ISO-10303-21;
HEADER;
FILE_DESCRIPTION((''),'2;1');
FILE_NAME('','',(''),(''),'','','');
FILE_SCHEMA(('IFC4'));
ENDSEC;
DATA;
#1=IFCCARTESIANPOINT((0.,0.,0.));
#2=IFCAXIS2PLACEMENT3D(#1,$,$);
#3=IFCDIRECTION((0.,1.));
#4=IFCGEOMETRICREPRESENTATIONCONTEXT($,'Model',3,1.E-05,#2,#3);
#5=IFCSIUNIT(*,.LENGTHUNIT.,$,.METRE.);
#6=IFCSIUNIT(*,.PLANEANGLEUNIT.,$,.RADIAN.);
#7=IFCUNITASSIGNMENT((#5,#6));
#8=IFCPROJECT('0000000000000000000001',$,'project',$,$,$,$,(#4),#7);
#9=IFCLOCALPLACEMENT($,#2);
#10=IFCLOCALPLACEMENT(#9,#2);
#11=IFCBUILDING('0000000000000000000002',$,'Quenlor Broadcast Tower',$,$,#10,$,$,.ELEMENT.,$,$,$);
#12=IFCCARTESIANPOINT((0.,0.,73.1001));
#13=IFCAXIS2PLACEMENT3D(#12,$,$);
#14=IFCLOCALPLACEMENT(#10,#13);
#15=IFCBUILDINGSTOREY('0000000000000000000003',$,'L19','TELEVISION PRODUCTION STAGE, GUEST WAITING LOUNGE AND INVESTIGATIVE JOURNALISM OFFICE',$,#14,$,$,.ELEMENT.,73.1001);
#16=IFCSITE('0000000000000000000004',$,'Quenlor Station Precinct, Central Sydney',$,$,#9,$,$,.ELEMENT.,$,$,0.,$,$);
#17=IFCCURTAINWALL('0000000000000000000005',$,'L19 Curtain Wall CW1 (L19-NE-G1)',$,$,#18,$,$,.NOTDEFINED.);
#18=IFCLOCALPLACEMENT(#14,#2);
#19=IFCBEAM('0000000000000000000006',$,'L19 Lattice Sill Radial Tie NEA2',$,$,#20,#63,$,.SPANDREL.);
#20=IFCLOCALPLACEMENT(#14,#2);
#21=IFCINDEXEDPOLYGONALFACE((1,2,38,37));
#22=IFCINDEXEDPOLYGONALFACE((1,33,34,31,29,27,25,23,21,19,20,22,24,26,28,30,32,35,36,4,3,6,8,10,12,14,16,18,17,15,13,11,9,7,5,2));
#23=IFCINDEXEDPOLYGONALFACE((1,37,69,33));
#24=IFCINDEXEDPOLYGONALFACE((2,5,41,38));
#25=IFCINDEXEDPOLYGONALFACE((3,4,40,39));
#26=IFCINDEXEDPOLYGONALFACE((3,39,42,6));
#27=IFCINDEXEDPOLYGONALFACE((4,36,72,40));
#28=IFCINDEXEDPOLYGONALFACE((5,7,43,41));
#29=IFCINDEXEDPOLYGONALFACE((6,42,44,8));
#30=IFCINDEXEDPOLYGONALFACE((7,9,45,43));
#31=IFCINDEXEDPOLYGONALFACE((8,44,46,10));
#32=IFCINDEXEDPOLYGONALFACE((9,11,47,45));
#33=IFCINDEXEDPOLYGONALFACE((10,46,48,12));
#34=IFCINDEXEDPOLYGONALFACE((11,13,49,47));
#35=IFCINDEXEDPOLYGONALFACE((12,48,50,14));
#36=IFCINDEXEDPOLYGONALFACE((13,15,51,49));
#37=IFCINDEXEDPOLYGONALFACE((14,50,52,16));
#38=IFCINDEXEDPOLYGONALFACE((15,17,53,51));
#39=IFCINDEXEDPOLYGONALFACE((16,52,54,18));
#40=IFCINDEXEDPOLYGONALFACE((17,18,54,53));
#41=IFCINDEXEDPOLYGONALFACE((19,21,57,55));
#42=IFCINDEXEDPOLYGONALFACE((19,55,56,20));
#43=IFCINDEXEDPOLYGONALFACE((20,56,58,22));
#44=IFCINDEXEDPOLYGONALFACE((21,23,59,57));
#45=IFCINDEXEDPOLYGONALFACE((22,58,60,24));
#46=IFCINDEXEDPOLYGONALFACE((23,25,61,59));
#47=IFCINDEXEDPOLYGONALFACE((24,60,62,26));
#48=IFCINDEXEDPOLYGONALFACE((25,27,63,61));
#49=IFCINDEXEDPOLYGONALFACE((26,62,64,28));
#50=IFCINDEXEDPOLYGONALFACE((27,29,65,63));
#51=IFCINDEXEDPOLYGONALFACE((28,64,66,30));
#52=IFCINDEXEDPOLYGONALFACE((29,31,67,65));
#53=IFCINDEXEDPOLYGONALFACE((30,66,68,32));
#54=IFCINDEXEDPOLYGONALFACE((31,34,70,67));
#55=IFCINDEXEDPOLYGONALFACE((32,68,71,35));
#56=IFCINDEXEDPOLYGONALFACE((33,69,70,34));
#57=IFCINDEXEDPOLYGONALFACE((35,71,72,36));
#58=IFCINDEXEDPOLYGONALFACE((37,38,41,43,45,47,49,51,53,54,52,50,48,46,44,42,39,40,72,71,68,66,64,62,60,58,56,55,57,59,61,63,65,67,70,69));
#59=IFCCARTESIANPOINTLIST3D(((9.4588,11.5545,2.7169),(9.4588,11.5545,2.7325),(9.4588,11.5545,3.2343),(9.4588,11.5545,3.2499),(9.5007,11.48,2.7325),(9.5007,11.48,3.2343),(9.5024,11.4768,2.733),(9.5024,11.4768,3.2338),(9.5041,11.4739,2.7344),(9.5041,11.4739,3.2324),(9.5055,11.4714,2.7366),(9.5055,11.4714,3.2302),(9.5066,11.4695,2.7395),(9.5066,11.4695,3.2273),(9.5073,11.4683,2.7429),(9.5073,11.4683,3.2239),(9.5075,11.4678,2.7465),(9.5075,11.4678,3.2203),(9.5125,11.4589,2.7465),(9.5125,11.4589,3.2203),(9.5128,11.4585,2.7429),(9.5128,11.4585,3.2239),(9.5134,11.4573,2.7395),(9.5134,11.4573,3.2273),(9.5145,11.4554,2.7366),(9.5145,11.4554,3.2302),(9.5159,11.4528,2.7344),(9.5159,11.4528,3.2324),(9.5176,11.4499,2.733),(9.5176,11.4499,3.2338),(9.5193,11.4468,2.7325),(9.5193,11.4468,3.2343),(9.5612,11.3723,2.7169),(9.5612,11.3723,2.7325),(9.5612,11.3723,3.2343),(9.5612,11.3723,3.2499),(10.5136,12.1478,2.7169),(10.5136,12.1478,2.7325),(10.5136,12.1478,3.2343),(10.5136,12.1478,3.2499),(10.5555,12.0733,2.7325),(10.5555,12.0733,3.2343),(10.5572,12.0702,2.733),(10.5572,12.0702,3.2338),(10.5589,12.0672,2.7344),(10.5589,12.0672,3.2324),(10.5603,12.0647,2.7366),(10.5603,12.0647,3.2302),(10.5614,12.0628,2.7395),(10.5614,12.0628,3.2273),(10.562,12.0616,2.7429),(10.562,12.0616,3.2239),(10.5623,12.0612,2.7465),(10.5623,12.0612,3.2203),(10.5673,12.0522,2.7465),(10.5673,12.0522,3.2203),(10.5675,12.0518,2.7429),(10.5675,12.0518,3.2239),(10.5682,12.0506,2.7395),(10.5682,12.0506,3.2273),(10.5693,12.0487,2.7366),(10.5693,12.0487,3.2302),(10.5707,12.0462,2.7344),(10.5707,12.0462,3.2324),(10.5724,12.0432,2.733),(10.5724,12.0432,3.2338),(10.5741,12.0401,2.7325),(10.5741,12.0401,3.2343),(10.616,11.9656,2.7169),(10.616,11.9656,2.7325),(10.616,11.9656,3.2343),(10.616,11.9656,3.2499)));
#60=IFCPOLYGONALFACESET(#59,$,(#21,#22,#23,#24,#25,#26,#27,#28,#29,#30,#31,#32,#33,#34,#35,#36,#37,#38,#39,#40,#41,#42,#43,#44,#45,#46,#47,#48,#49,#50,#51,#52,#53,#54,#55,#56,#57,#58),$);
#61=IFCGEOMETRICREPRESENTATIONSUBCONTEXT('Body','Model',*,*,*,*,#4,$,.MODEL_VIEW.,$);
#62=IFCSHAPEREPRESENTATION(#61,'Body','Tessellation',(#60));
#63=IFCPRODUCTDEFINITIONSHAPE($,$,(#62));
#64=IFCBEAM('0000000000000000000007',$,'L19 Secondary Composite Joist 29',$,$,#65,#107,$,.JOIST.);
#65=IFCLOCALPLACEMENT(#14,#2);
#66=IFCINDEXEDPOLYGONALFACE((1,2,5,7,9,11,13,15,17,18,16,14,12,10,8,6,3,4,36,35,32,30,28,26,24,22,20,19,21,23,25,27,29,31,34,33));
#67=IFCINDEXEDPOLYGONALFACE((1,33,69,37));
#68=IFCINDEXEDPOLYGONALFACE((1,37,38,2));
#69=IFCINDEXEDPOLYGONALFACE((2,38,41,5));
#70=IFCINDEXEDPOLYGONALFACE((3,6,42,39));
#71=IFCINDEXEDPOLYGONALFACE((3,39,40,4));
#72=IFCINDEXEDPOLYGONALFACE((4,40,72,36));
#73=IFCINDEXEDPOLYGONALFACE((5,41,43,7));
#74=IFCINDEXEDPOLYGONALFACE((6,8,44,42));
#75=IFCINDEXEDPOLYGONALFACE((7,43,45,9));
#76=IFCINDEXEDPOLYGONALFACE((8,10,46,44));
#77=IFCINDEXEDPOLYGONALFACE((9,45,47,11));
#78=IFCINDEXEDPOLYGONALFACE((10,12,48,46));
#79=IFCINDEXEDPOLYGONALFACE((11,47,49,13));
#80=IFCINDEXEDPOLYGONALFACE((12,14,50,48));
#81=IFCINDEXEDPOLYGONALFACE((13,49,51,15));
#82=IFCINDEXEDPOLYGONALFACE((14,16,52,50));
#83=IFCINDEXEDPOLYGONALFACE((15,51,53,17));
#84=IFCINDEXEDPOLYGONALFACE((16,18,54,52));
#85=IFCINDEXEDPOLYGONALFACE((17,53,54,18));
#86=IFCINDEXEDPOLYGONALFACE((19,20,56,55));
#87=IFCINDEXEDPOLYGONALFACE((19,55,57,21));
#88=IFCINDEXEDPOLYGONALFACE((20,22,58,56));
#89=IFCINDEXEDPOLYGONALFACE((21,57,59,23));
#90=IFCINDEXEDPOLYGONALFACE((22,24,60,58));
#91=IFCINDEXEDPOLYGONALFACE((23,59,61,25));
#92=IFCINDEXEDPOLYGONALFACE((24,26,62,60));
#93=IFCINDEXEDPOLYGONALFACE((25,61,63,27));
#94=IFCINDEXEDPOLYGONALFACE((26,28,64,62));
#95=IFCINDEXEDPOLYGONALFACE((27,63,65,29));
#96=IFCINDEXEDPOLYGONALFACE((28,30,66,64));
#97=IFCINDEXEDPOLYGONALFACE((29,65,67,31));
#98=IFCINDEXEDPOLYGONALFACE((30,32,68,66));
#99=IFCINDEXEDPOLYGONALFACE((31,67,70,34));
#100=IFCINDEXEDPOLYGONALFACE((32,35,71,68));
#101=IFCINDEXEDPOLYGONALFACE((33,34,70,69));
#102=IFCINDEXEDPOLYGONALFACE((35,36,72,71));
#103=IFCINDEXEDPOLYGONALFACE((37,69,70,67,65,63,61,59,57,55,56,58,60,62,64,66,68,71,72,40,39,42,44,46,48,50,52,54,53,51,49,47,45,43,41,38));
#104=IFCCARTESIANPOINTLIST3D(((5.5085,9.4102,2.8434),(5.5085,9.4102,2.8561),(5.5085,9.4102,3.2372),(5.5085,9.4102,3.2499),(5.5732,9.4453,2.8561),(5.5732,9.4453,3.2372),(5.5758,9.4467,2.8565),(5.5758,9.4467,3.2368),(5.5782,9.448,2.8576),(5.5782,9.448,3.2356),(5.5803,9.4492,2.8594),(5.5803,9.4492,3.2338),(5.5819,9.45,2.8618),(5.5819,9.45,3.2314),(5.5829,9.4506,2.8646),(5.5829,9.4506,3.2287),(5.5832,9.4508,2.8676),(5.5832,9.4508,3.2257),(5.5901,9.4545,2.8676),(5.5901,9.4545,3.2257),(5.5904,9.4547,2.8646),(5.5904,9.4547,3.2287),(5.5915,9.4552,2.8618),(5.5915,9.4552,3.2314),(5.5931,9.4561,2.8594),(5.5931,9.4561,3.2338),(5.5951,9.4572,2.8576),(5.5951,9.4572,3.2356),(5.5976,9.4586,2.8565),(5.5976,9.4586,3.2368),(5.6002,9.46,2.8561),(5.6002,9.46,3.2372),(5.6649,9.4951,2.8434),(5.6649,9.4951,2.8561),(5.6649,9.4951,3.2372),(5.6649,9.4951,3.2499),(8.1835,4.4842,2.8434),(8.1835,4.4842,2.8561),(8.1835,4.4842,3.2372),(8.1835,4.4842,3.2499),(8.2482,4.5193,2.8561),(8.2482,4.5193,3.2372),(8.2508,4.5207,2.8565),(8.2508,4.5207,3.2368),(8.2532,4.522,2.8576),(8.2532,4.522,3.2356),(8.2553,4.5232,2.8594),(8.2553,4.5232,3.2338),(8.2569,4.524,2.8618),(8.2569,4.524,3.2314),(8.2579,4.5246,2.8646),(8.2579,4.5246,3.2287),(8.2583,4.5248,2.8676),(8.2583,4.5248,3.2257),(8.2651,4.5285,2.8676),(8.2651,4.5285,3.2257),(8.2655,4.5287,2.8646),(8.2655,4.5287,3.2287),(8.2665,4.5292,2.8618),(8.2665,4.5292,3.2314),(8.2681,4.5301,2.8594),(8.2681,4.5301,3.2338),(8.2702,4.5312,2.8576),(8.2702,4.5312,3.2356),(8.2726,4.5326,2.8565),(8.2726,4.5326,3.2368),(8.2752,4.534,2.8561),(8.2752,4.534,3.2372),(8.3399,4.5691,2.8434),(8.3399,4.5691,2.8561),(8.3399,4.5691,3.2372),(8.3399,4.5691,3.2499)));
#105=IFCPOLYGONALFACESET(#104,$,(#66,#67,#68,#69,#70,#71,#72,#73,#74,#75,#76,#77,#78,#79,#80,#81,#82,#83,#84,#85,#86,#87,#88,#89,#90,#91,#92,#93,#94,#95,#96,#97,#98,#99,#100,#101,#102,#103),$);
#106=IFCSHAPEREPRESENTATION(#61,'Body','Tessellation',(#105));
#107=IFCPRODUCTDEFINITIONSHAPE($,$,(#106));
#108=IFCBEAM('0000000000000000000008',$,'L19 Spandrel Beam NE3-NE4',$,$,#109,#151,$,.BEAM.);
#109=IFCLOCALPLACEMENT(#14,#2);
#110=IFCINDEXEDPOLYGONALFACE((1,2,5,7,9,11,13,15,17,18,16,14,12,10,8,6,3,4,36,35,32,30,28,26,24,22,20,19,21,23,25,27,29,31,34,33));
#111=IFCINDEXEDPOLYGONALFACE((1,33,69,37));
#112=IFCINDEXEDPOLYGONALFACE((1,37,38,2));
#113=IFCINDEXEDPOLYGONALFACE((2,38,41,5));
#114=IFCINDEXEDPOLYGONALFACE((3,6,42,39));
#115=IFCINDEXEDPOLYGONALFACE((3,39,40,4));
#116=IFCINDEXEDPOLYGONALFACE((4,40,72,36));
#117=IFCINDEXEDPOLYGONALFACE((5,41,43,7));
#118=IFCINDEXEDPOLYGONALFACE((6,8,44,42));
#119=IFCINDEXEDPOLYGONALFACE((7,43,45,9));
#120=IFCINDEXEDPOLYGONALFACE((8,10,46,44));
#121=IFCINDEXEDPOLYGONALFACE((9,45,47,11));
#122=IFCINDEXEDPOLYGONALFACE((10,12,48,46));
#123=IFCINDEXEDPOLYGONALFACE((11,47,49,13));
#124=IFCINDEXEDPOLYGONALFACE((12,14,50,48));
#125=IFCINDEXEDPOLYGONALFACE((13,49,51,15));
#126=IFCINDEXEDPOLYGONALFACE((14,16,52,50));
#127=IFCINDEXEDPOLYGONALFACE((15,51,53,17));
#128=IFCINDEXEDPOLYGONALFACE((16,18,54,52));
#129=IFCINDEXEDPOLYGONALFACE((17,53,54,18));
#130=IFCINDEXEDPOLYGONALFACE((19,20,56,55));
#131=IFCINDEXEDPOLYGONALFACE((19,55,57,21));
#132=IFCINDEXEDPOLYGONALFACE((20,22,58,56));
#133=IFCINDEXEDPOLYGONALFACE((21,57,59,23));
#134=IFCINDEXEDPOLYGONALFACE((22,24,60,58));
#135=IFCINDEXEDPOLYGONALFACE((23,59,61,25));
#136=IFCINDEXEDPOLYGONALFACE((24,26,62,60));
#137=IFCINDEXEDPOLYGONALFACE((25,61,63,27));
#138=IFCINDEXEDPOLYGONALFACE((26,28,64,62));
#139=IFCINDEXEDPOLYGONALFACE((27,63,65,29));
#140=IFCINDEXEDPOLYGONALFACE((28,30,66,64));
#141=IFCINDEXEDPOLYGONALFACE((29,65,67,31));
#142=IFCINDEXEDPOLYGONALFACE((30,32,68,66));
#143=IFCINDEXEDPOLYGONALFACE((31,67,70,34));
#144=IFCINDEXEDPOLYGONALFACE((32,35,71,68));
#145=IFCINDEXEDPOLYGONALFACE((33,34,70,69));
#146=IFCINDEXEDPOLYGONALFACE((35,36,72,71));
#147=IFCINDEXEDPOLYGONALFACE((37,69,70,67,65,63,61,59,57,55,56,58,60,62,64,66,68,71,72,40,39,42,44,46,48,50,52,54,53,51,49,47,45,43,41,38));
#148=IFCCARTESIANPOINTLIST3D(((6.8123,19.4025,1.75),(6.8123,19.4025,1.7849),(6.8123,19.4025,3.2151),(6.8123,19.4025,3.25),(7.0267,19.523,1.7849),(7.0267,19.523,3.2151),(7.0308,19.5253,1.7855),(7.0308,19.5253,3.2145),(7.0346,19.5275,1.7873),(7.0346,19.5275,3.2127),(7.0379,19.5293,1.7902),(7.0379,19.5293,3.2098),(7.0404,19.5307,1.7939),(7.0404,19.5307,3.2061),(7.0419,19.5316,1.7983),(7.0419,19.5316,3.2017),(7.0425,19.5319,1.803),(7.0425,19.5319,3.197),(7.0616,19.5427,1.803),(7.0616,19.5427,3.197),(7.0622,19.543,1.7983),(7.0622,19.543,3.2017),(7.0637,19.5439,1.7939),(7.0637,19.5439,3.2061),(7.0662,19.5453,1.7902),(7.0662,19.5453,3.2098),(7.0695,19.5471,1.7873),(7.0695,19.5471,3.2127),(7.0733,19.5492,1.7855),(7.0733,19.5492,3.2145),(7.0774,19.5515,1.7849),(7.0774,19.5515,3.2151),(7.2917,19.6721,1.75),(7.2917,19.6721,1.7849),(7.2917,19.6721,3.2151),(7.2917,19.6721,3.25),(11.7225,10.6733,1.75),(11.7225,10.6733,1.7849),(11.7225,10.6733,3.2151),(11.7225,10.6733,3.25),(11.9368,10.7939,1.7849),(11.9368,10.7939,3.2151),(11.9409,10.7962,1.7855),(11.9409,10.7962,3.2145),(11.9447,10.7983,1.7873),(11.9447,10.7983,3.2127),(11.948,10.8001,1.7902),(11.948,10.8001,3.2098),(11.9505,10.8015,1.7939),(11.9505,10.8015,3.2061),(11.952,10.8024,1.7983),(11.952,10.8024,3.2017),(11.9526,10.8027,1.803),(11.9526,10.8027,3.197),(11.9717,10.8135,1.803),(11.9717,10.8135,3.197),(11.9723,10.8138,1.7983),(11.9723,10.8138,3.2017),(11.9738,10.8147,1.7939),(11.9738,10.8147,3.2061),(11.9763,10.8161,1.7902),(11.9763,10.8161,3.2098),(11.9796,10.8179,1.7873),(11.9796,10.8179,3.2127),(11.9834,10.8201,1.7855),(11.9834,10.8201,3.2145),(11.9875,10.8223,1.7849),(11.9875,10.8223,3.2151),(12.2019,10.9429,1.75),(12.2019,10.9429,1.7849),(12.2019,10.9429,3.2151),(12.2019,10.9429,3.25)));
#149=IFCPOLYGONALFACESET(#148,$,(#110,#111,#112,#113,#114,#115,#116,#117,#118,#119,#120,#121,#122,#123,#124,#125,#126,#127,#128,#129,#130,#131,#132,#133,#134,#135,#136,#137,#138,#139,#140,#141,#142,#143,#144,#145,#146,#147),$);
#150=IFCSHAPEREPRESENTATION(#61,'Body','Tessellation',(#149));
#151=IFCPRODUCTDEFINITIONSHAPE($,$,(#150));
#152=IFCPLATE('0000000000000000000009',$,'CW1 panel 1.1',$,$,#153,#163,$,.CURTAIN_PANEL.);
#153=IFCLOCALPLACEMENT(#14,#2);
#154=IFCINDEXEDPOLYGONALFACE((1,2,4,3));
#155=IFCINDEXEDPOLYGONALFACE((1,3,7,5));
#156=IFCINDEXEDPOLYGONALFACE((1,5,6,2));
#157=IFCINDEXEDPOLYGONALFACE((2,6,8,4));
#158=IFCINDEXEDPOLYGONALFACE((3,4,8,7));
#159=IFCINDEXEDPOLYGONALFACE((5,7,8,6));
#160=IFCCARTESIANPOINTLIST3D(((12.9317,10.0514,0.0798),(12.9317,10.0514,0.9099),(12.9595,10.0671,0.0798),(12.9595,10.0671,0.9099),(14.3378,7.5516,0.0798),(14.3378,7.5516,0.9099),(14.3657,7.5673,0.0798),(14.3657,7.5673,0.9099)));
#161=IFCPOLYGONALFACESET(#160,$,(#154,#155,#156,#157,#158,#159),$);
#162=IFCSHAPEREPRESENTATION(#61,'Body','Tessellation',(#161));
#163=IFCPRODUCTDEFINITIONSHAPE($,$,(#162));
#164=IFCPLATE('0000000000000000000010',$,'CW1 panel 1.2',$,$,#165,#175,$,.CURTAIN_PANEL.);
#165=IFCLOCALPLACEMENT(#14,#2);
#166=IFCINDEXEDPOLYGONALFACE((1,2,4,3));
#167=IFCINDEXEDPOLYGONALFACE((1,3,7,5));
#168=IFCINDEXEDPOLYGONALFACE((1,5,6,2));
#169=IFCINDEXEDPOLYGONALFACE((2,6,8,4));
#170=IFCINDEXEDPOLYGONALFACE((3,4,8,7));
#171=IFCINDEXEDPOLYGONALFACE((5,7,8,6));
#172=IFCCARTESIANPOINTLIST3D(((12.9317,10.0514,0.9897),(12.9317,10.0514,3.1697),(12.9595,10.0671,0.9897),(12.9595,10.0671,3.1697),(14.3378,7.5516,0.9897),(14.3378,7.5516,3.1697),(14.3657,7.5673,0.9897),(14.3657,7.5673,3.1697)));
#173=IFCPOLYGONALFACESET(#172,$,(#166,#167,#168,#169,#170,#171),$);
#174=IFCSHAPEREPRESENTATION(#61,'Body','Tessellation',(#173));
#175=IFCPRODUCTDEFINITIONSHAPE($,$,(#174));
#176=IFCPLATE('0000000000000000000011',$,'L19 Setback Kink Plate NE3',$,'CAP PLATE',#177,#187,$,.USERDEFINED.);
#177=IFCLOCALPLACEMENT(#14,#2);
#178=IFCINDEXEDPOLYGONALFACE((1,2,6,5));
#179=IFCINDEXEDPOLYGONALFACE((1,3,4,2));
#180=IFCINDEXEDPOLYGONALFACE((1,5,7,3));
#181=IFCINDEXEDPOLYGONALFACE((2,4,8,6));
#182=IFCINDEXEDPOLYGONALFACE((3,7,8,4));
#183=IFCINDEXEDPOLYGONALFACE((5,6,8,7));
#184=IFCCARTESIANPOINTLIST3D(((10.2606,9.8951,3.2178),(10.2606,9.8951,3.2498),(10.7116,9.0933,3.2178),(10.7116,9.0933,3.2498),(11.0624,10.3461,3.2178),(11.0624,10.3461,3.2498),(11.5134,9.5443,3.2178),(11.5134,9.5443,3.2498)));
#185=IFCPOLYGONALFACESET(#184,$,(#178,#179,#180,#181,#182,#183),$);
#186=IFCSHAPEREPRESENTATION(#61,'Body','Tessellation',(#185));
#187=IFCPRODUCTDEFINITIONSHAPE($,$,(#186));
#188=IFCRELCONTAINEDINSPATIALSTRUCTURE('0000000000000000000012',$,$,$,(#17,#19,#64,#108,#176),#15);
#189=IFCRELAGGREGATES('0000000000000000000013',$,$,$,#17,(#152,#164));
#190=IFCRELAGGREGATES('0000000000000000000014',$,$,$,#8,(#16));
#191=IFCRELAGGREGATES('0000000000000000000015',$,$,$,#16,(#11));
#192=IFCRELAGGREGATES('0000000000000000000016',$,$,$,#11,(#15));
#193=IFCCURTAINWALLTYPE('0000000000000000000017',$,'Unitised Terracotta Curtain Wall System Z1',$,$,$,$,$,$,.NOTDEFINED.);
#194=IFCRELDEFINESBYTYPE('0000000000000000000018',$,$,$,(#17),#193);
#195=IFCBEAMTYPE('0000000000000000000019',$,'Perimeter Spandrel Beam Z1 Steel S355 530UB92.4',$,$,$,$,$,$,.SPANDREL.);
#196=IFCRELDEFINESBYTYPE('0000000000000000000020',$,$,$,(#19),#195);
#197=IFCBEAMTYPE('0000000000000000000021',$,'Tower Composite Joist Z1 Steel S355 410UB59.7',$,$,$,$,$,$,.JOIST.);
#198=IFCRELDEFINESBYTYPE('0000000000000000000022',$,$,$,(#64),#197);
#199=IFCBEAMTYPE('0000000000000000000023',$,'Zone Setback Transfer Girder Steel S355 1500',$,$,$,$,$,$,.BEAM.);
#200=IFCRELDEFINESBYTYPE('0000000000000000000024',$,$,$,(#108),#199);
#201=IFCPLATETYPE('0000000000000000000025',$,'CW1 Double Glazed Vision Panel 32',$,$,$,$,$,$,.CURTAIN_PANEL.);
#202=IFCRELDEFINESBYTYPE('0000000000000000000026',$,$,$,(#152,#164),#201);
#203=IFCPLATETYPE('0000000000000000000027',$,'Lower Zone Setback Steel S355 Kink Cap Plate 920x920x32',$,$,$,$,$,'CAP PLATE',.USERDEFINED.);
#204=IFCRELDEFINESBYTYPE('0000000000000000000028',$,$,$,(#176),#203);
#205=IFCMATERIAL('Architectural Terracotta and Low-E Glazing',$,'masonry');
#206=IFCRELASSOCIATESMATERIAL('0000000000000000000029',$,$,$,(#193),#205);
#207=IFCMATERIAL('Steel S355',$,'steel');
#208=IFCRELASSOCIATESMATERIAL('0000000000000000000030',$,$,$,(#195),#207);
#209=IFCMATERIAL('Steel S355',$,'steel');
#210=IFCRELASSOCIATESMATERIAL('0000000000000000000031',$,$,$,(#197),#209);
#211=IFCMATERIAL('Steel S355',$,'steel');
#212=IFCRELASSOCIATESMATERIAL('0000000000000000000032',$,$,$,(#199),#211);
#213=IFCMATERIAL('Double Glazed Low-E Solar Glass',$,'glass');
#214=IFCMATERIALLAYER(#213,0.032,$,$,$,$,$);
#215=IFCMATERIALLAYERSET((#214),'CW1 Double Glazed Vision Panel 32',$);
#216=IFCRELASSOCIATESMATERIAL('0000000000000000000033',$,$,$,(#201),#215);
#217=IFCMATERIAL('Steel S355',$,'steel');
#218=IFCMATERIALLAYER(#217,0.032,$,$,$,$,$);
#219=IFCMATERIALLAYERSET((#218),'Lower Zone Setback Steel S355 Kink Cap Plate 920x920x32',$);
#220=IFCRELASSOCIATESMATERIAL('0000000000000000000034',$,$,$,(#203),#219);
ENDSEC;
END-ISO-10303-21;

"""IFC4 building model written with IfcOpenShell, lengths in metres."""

from ifc_helpers import new_model, si_unit, direction, frame, origin, origin_2d, place, context, subcontext, project, spatial, rectangle, i_section, extrude, material, layer, layer_set, material_profile, profile_set, type_object, element, aggregate, save


model = new_model("IFC4")

# Units and contexts
model_context = context("Model", 3, precision=1e-05, world=origin(), true_north=direction((0.0, 1.0)))
body_context = subcontext(model_context, "Body", "Model", "MODEL_VIEW")
ifc_project = project(units=[si_unit("LENGTHUNIT", "METRE"), si_unit("PLANEANGLEUNIT", "RADIAN")], contexts=[model_context])

# Site, building, storey
site_placement = place(None, origin())
site = spatial("IfcSite", under=ifc_project, at=site_placement, Name="Quenlor Station Precinct, Central Sydney", CompositionType="ELEMENT", RefElevation=0.0)
building_placement = place(site_placement, origin())
building = spatial("IfcBuilding", under=site, at=building_placement, Name="Quenlor Broadcast Tower", CompositionType="ELEMENT")
storey_placement = place(building_placement, frame((0.0, 0.0, 73.1001)))
storey = spatial("IfcBuildingStorey", under=building, at=storey_placement, Name="L19", Description="TELEVISION PRODUCTION STAGE, GUEST WAITING LOUNGE AND INVESTIGATIVE JOURNALISM OFFICE", CompositionType="ELEMENT", Elevation=73.1001)

# Curtain wall
ifc_material_1 = material(Name="Architectural Terracotta and Low-E Glazing", Category="masonry")
curtain_wall_type = type_object("IfcCurtainWallType", Name="Unitised Terracotta Curtain Wall System Z1", PredefinedType="NOTDEFINED", material=ifc_material_1)
curtain_wall_placement = place(storey_placement, origin())
curtain_wall = element("IfcCurtainWall", 1, at=curtain_wall_placement, inside=storey, type_object=curtain_wall_type, Name="L19 Curtain Wall CW1 (L19-NE-G1)", PredefinedType="NOTDEFINED")

# Beams
ifc_material_2 = material(Name="Steel S355", Category="steel")
ifc_material_profile_1 = material_profile(ifc_material_2, i_section(OverallWidth=0.209, OverallDepth=0.533, WebThickness=0.0103, FlangeThickness=0.0156, FilletRadius=0.0139, at=origin_2d()))
ifc_profile_set_1 = profile_set([ifc_material_profile_1], Name="Steel S355 530UB92.4")
beam_type_1 = type_object("IfcBeamType", Name="Perimeter Spandrel Beam Z1 Steel S355 530UB92.4", PredefinedType="SPANDREL", material=ifc_profile_set_1)
beam_1_placement = place(storey_placement, frame((9.51, 11.4634, 2.9834), z_axis=(0.871576, 0.490261, 0.0), x_axis=(-0.490261, 0.871576, 0.0)))
element("IfcBeam", 2, at=beam_1_placement, inside=storey, type_object=beam_type_1, Name="L19 Lattice Sill Radial Tie NEA2", PredefinedType="SPANDREL", context=body_context, shape_type="SweptSolid", body=[
    extrude(i_section(OverallWidth=0.209, OverallDepth=0.533, WebThickness=0.0103, FlangeThickness=0.0156, FilletRadius=0.0139, at=origin_2d()), origin(), (0.0, 0.0, 1.0), 1.2102),
])
ifc_material_3 = material(Name="Steel S355", Category="steel")
ifc_material_profile_2 = material_profile(ifc_material_3, i_section(OverallWidth=0.178, OverallDepth=0.4065, WebThickness=0.0078, FlangeThickness=0.0127, FilletRadius=0.0115, at=origin_2d()))
ifc_profile_set_2 = profile_set([ifc_material_profile_2], Name="Steel S355 410UB59.7")
beam_type_2 = type_object("IfcBeamType", Name="Tower Composite Joist Z1 Steel S355 410UB59.7", PredefinedType="JOIST", material=ifc_profile_set_2)
beam_2_placement = place(storey_placement, frame((5.5867, 9.4526, 3.0466), z_axis=(0.477219, -0.878785, 0.0), x_axis=(0.878785, 0.477219, 0.0)))
element("IfcBeam", 3, at=beam_2_placement, inside=storey, type_object=beam_type_2, Name="L19 Secondary Composite Joist 29", PredefinedType="JOIST", context=body_context, shape_type="SweptSolid", body=[
    extrude(i_section(OverallWidth=0.178, OverallDepth=0.4065, WebThickness=0.0078, FlangeThickness=0.0127, FilletRadius=0.0115, at=origin_2d()), origin(), (0.0, 0.0, 1.0), 5.6055),
])
ifc_material_4 = material(Name="Steel S355", Category="steel")
ifc_material_profile_3 = material_profile(ifc_material_4, i_section(OverallWidth=0.55, OverallDepth=1.5, WebThickness=0.022, FlangeThickness=0.0349, FilletRadius=0.0181, at=origin_2d()))
ifc_profile_set_3 = profile_set([ifc_material_profile_3], Name="Steel S355 1500TG510")
beam_type_3 = type_object("IfcBeamType", Name="Zone Setback Transfer Girder Steel S355 1500", PredefinedType="BEAM", material=ifc_profile_set_3)
beam_3_placement = place(storey_placement, frame((11.9622, 10.8081, 2.5), z_axis=(-0.490258, 0.871577, 0.0), x_axis=(-0.871577, -0.490258, 0.0)))
element("IfcBeam", 4, at=beam_3_placement, inside=storey, type_object=beam_type_3, Name="L19 Spandrel Beam NE3-NE4", PredefinedType="BEAM", context=body_context, shape_type="SweptSolid", body=[
    extrude(i_section(OverallWidth=0.55, OverallDepth=1.5, WebThickness=0.022, FlangeThickness=0.0349, FilletRadius=0.0181, at=origin_2d()), origin(), (0.0, 0.0, 1.0), 10.0154),
])

# Plates
ifc_material_5 = material(Name="Double Glazed Low-E Solar Glass", Category="glass")
ifc_layer_1 = layer(ifc_material_5, 0.032)
ifc_layer_set_1 = layer_set([ifc_layer_1], Name="CW1 Double Glazed Vision Panel 32")
plate_type_1 = type_object("IfcPlateType", Name="CW1 Double Glazed Vision Panel 32", PredefinedType="CURTAIN_PANEL", material=ifc_layer_set_1)
plate_1_placement = place(storey_placement, frame((13.6487, 8.8093, 0.0798), z_axis=(0.0, 0.0, 1.0), x_axis=(0.490274, -0.871568, 0.0)))
plate_1 = element("IfcPlate", 5, at=plate_1_placement, type_object=plate_type_1, Name="CW1 panel 1.1", PredefinedType="CURTAIN_PANEL", context=body_context, shape_type="SweptSolid", body=[
    extrude(rectangle(XDim=2.8682, YDim=0.032, at=origin_2d()), origin(), (0.0, 0.0, 1.0), 0.8301),
])
plate_2_placement = place(storey_placement, frame((13.6487, 8.8093, 0.9897), z_axis=(0.0, 0.0, 1.0), x_axis=(0.490274, -0.871568, 0.0)))
plate_2 = element("IfcPlate", 6, at=plate_2_placement, type_object=plate_type_1, Name="CW1 panel 1.2", PredefinedType="CURTAIN_PANEL", context=body_context, shape_type="SweptSolid", body=[
    extrude(rectangle(XDim=2.8682, YDim=0.032, at=origin_2d()), origin(), (0.0, 0.0, 1.0), 2.1799),
])
aggregate(curtain_wall, [plate_1, plate_2])

# Plate
ifc_material_6 = material(Name="Steel S355", Category="steel")
ifc_layer_2 = layer(ifc_material_6, 0.032)
ifc_layer_set_2 = layer_set([ifc_layer_2], Name="Lower Zone Setback Steel S355 Kink Cap Plate 920x920x32")
plate_type_2 = type_object("IfcPlateType", Name="Lower Zone Setback Steel S355 Kink Cap Plate 920x920x32", ElementType="CAP PLATE", PredefinedType="USERDEFINED", material=ifc_layer_set_2)
plate_3_placement = place(storey_placement, frame((10.887, 9.7197, 3.2178), z_axis=(0.0, 0.0, 1.0), x_axis=(0.871575, 0.490262, 0.0)))
element("IfcPlate", 7, at=plate_3_placement, inside=storey, type_object=plate_type_2, Name="L19 Setback Kink Plate NE3", ObjectType="CAP PLATE", PredefinedType="USERDEFINED", context=body_context, shape_type="SweptSolid", body=[
    extrude(rectangle(XDim=0.9199, YDim=0.9199, at=origin_2d()), origin(), (0.0, 0.0, 1.0), 0.032),
])

save(model, "model.ifc")
